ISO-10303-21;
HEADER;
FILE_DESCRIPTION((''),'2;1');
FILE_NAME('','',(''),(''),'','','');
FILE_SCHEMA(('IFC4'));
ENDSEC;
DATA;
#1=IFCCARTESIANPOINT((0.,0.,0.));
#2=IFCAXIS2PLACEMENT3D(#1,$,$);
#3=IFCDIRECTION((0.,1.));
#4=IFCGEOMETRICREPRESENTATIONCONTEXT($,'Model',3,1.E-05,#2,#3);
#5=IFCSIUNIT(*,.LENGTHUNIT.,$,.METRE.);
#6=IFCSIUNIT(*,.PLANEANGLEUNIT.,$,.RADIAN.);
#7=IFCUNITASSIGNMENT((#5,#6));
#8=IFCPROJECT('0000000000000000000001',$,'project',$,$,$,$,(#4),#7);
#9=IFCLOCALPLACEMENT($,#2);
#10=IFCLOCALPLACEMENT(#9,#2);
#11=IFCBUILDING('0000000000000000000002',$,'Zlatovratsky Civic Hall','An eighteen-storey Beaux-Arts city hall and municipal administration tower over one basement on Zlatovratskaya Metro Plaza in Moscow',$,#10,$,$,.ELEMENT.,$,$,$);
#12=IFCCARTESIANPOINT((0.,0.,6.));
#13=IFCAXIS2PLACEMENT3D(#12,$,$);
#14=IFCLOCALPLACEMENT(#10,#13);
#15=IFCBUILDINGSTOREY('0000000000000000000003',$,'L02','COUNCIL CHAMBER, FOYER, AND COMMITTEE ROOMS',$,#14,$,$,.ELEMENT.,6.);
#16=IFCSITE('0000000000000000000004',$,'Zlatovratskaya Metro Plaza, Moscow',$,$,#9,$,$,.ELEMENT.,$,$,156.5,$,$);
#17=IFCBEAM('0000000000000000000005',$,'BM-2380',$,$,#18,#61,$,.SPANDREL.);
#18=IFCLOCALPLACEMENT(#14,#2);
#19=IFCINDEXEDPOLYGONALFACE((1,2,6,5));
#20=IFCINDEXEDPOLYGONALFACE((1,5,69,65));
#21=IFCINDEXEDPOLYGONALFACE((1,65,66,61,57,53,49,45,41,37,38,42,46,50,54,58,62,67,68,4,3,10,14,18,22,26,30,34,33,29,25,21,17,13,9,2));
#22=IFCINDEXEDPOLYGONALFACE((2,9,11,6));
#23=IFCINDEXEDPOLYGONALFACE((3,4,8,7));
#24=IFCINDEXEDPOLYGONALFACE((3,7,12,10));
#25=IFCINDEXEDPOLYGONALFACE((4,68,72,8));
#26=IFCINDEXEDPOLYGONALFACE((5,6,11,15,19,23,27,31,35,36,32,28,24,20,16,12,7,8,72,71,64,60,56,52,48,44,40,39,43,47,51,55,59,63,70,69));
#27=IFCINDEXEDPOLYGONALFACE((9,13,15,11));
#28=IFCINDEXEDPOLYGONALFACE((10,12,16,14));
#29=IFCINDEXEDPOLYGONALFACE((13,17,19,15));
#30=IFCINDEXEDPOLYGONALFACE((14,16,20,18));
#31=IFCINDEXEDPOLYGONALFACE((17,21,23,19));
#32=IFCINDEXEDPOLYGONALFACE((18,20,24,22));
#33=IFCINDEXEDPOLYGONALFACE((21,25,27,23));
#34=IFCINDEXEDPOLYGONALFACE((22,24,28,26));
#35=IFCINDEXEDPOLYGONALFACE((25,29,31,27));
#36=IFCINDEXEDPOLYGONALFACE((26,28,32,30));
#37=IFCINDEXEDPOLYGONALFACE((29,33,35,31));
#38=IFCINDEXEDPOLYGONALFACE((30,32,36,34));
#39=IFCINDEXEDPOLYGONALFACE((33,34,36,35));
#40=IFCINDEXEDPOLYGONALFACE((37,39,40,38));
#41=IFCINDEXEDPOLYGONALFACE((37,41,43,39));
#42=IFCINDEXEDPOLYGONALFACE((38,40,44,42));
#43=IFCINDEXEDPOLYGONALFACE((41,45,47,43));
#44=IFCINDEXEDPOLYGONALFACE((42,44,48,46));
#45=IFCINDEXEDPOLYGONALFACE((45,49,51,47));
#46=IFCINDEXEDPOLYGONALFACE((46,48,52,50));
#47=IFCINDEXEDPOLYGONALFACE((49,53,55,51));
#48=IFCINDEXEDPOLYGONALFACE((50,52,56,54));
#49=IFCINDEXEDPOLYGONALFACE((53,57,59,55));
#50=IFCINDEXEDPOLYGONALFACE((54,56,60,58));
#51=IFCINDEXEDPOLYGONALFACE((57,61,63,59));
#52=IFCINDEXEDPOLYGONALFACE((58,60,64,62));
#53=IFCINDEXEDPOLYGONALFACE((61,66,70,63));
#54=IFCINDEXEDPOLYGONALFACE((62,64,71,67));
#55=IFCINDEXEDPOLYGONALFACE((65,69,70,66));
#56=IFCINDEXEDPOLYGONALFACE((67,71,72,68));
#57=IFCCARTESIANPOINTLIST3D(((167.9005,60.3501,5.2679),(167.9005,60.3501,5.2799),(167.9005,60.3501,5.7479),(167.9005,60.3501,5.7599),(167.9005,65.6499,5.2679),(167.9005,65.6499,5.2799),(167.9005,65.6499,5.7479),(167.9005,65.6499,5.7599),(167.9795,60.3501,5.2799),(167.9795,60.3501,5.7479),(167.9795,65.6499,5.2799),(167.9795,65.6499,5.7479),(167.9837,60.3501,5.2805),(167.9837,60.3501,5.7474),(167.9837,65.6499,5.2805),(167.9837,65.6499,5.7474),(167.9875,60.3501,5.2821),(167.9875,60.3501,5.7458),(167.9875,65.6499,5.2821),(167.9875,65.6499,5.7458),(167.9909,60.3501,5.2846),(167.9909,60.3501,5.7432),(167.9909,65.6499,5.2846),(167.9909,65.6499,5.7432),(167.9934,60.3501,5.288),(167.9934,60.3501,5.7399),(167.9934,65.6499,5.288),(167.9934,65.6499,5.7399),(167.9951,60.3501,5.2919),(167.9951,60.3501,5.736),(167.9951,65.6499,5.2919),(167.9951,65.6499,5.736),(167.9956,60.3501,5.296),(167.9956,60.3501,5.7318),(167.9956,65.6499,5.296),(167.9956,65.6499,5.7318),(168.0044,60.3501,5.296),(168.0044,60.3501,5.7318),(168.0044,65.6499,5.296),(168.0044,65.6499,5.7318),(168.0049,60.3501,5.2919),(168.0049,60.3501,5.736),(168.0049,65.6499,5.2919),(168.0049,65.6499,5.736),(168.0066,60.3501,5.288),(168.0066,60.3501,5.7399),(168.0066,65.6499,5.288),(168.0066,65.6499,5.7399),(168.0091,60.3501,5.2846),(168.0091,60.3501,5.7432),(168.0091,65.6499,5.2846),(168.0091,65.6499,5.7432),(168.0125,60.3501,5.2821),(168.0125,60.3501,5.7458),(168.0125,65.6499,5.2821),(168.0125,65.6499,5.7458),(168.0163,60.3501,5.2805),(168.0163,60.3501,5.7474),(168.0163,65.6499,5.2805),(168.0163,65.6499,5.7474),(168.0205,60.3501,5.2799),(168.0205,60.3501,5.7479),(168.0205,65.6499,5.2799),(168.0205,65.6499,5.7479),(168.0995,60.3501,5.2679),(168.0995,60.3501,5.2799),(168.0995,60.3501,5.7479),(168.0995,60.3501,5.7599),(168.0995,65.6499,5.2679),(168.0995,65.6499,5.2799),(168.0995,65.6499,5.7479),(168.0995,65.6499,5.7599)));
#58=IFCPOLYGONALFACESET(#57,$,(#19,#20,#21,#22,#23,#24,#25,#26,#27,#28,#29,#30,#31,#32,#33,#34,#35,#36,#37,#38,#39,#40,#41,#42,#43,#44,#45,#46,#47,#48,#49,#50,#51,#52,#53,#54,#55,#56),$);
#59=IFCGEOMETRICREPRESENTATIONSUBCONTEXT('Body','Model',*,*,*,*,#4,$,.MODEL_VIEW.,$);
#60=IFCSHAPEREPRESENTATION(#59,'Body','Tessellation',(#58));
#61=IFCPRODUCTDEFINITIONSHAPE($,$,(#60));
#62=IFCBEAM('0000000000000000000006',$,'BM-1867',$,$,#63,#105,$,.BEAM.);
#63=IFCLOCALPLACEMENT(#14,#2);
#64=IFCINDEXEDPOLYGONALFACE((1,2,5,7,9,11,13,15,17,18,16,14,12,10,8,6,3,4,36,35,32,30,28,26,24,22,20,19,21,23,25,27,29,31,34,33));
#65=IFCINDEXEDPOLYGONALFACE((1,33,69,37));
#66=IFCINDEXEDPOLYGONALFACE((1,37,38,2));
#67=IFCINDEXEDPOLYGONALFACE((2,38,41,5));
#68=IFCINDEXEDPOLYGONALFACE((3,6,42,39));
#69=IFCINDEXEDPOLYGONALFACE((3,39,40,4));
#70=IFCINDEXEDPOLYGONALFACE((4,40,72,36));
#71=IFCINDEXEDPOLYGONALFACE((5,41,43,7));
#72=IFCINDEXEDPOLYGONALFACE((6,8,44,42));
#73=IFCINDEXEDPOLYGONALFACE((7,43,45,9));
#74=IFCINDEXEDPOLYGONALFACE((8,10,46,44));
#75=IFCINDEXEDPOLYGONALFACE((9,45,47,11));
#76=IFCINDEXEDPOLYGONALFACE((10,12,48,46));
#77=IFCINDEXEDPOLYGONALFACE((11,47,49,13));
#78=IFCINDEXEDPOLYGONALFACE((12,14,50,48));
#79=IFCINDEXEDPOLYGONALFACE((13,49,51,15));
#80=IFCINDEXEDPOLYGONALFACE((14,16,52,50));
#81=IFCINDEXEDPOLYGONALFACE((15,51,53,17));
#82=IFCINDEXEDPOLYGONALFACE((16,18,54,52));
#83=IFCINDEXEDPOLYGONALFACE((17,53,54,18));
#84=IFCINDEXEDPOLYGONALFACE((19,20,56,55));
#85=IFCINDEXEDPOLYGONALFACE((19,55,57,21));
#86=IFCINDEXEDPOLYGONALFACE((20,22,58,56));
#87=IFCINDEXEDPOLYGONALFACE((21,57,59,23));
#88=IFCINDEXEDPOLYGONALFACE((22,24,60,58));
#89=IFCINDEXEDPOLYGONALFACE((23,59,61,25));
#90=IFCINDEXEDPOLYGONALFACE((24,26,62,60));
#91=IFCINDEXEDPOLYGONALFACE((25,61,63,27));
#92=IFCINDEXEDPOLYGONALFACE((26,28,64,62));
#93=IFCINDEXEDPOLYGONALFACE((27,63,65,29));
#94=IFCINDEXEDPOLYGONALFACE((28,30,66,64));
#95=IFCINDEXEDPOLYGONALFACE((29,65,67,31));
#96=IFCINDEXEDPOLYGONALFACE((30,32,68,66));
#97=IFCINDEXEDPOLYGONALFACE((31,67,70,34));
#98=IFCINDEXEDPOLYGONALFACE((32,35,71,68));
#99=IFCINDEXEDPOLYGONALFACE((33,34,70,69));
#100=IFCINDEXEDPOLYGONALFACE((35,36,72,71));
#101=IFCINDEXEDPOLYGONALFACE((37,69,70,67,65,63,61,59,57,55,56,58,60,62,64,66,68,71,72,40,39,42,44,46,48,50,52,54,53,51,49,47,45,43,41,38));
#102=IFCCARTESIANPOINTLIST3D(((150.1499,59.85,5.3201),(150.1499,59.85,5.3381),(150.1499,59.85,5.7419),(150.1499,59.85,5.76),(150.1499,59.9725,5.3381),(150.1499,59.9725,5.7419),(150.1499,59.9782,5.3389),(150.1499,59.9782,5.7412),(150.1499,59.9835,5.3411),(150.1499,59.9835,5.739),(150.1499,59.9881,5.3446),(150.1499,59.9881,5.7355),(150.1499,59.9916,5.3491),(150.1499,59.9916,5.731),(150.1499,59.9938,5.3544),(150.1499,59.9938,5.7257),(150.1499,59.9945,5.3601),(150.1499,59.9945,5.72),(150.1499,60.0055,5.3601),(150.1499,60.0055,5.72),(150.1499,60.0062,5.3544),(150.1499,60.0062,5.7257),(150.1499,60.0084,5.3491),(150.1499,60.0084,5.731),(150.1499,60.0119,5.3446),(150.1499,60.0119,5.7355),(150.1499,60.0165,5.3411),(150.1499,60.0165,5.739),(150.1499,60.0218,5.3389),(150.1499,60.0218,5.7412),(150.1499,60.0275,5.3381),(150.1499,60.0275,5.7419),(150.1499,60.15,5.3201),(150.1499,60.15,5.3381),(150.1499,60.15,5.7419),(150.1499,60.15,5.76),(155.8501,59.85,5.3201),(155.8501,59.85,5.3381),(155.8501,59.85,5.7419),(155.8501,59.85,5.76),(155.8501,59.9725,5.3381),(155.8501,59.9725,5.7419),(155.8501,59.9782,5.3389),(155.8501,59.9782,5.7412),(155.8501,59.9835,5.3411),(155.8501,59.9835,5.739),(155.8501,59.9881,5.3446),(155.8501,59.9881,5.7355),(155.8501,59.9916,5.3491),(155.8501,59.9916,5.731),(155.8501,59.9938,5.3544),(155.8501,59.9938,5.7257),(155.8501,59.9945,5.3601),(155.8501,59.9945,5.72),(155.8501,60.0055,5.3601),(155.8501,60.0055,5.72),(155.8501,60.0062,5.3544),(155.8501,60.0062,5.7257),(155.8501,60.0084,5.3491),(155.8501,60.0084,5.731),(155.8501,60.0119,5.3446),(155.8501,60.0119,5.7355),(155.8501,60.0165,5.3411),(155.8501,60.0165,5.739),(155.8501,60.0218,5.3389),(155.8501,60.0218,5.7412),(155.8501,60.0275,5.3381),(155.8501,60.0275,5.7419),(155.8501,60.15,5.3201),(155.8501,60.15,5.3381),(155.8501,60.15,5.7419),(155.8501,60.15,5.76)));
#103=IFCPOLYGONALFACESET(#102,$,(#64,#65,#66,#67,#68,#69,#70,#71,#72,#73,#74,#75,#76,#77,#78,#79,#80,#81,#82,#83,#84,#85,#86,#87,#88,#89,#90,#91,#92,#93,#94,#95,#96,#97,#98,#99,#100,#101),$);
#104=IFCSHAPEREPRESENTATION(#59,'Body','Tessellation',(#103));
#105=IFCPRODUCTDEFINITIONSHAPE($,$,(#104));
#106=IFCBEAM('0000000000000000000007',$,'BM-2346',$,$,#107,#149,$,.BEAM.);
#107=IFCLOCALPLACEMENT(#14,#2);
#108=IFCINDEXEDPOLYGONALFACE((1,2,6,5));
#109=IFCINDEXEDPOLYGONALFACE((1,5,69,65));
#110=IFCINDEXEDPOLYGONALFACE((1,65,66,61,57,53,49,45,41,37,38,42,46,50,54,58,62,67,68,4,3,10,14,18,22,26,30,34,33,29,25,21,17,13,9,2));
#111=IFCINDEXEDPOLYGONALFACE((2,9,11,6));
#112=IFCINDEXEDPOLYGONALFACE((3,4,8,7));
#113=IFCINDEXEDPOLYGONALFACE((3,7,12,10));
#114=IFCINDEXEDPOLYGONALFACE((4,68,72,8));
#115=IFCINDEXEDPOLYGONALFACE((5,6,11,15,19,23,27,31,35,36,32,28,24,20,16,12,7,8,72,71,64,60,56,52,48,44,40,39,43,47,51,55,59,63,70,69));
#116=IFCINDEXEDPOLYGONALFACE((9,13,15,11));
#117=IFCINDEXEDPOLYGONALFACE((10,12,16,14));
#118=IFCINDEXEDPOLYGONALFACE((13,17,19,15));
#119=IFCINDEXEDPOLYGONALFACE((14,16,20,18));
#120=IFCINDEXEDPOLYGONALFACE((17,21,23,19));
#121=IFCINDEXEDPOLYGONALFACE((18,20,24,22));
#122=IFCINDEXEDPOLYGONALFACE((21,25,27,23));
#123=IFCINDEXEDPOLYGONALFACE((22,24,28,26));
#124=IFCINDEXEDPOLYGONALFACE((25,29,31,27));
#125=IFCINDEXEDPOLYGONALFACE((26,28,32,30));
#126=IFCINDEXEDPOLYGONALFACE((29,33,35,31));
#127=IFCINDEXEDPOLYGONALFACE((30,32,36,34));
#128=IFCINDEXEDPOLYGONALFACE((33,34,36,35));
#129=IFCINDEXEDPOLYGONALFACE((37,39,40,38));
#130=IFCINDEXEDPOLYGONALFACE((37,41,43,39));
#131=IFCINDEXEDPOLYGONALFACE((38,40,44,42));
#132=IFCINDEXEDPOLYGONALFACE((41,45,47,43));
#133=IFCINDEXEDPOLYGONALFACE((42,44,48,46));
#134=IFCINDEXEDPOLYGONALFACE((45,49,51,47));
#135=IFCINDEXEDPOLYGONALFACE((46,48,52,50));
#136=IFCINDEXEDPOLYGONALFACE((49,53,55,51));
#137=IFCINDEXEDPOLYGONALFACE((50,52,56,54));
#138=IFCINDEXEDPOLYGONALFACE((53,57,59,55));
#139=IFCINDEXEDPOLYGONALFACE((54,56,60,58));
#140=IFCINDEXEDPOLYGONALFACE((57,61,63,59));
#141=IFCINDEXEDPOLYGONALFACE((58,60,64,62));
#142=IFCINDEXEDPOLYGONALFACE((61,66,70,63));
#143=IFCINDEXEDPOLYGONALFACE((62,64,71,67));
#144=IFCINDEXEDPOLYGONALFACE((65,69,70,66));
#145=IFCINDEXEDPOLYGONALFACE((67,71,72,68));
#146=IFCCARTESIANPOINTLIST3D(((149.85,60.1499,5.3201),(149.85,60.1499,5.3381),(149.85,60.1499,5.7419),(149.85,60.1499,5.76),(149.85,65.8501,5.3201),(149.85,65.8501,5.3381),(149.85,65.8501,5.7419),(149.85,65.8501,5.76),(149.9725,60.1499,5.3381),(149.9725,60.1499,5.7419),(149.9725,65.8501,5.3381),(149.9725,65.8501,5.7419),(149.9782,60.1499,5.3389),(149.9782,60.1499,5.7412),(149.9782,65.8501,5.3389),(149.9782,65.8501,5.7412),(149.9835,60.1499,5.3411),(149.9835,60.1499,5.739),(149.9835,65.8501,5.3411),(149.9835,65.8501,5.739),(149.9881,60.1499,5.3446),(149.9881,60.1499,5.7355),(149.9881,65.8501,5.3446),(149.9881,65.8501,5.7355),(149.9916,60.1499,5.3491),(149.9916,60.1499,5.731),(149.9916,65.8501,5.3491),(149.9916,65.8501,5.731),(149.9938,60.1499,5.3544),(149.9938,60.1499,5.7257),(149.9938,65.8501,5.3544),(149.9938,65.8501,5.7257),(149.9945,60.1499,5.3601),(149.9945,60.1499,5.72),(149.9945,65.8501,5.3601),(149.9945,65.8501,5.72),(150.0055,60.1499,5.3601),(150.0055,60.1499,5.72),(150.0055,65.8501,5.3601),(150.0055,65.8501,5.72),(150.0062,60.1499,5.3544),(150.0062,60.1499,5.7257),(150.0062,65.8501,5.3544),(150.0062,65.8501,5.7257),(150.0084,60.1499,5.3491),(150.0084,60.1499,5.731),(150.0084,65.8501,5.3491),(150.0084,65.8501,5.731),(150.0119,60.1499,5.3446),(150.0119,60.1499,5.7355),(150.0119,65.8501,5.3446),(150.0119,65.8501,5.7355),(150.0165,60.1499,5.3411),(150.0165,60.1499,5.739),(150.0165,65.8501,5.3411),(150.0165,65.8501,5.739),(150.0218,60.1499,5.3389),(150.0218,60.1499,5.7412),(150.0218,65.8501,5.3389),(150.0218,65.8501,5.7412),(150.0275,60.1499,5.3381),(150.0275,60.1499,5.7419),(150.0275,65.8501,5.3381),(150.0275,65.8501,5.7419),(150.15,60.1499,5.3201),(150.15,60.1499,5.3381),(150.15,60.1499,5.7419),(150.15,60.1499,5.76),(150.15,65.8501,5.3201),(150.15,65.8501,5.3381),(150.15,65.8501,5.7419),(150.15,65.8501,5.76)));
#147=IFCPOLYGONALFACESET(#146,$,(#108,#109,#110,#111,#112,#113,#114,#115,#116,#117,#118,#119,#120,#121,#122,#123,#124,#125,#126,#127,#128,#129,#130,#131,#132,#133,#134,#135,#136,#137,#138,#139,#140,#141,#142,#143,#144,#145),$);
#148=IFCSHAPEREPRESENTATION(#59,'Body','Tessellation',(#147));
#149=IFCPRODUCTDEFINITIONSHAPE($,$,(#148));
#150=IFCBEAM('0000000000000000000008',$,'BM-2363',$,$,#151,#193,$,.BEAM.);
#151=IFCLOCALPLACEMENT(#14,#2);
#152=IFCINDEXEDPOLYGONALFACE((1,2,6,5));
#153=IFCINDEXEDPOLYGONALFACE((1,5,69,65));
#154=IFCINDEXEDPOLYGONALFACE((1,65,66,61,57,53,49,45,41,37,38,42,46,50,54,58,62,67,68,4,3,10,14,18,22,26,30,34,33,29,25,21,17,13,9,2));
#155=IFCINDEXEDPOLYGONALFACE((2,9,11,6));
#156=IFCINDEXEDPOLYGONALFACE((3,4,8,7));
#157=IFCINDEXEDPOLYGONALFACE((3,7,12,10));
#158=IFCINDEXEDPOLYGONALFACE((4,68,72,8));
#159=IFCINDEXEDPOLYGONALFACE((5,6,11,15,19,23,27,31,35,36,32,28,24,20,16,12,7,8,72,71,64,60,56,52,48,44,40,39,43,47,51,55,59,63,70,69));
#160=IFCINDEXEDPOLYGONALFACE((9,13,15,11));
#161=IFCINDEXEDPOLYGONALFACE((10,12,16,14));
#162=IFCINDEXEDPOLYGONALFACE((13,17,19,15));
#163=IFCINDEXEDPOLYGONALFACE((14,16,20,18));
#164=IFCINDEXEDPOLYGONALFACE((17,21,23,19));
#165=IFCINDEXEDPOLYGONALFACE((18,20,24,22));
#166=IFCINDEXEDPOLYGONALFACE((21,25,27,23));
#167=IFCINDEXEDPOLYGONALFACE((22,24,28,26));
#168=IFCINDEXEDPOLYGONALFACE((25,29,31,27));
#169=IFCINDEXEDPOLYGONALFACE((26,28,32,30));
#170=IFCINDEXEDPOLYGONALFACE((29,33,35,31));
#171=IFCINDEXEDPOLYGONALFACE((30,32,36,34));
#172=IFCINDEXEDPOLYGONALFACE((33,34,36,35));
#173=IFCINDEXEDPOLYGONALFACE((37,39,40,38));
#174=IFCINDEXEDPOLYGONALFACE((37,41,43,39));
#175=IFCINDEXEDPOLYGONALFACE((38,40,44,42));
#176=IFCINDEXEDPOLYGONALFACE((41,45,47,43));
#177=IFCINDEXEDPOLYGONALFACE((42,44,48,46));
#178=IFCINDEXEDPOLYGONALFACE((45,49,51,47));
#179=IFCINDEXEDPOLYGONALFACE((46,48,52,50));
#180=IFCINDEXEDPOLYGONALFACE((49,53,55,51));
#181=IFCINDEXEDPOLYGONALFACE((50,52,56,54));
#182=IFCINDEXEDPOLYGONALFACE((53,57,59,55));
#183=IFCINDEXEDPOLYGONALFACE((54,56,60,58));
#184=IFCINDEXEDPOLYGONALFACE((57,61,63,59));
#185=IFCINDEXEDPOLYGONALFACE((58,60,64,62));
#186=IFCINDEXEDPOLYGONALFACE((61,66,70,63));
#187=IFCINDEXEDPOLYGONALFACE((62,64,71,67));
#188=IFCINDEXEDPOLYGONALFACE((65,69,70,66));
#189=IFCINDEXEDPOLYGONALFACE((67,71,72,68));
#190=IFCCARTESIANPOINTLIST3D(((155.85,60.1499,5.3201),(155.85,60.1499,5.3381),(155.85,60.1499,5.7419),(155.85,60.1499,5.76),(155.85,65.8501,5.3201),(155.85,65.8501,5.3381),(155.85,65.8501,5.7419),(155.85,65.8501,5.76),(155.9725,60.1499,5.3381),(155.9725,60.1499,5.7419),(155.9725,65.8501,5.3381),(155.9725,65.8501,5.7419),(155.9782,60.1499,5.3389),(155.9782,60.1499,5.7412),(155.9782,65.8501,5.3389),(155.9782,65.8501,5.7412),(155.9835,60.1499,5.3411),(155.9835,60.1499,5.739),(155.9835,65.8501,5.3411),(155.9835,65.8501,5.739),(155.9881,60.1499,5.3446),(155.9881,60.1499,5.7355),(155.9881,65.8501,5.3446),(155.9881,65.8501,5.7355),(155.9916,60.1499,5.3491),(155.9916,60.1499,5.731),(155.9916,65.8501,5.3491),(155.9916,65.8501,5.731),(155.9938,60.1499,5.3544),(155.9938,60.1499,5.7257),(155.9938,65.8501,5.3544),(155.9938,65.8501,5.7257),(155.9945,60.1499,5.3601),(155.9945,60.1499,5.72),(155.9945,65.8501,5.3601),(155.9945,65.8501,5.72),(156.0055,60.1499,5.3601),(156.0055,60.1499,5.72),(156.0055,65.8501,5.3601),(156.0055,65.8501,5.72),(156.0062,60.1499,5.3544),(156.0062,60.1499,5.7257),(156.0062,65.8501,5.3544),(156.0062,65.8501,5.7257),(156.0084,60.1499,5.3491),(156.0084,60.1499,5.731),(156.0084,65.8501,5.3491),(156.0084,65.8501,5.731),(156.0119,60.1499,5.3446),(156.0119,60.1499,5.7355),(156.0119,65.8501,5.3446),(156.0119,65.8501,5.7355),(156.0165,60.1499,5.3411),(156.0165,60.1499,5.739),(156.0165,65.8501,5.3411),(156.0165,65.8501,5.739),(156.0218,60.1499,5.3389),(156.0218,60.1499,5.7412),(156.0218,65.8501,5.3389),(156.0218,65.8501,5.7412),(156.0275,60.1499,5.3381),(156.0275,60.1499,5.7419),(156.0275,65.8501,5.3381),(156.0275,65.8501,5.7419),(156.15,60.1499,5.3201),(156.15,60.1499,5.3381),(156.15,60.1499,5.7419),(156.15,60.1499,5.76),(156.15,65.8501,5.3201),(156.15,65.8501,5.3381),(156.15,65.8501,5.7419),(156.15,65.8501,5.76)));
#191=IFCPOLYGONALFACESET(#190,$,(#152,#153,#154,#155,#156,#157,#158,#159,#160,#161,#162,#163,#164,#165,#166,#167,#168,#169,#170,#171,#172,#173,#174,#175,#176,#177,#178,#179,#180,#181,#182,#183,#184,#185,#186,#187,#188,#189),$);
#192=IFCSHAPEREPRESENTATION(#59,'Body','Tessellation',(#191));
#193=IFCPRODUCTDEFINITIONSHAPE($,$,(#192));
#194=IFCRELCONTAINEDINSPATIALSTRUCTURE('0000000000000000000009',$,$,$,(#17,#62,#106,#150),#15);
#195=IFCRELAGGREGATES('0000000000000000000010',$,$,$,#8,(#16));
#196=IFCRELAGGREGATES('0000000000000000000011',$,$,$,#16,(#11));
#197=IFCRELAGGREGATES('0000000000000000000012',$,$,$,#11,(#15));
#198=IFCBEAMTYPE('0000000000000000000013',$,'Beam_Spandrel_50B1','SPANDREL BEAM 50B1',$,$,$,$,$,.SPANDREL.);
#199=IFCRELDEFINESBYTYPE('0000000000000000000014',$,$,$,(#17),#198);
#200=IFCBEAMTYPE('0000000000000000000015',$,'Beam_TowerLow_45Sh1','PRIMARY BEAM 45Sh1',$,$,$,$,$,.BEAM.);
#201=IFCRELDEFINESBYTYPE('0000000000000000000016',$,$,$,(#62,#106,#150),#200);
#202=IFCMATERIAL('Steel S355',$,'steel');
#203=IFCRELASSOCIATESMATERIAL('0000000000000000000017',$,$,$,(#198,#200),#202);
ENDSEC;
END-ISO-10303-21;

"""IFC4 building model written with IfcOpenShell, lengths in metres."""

from ifc_helpers import new_model, si_unit, direction, frame, origin, origin_2d, place, context, subcontext, project, spatial, i_section, extrude, material, material_profile, profile_set, type_object, element, save


model = new_model("IFC4")

# Units and contexts
model_context = context("Model", 3, precision=1e-05, world=origin(), true_north=direction((0.0, 1.0)))
body_context = subcontext(model_context, "Body", "Model", "MODEL_VIEW")
ifc_project = project(units=[si_unit("LENGTHUNIT", "METRE"), si_unit("PLANEANGLEUNIT", "RADIAN")], contexts=[model_context])

# Site, building, storey
site_placement = place(None, origin())
site = spatial("IfcSite", under=ifc_project, at=site_placement, Name="Zlatovratskaya Metro Plaza, Moscow", CompositionType="ELEMENT", RefElevation=156.5)
building_placement = place(site_placement, origin())
building = spatial("IfcBuilding", under=site, at=building_placement, Name="Zlatovratsky Civic Hall", Description="An eighteen-storey Beaux-Arts city hall and municipal administration tower over one basement on Zlatovratskaya Metro Plaza in Moscow", CompositionType="ELEMENT")
storey_placement = place(building_placement, frame((0.0, 0.0, 6.0)))
storey = spatial("IfcBuildingStorey", under=building, at=storey_placement, Name="L02", Description="COUNCIL CHAMBER, FOYER, AND COMMITTEE ROOMS", CompositionType="ELEMENT", Elevation=6.0)

# Shared definitions
ifc_material_1 = material(Name="Steel S355", Category="steel")

# Beams
ifc_material_profile_1 = material_profile(ifc_material_1, i_section(OverallWidth=0.199, OverallDepth=0.4919, WebThickness=0.0088, FlangeThickness=0.012, FilletRadius=0.0161, at=origin_2d()), Name="50B1")
ifc_profile_set_1 = profile_set([ifc_material_profile_1], Name="Steel S355")
beam_type_1 = type_object("IfcBeamType", Name="Beam_Spandrel_50B1", Description="SPANDREL BEAM 50B1", PredefinedType="SPANDREL", material=ifc_profile_set_1)
beam_1_placement = place(storey_placement, frame((168.0, 60.3501, 5.5139), z_axis=(0.0, 1.0, 0.0), x_axis=(-1.0, 0.0, 0.0)))
element("IfcBeam", 1, at=beam_1_placement, inside=storey, type_object=beam_type_1, Name="BM-2380", PredefinedType="SPANDREL", context=body_context, shape_type="SweptSolid", body=[
    extrude(i_section(OverallWidth=0.199, OverallDepth=0.4919, WebThickness=0.0088, FlangeThickness=0.012, FilletRadius=0.0161, at=origin_2d()), origin(), (0.0, 0.0, 1.0), 5.2998),
])
ifc_material_profile_2 = material_profile(ifc_material_1, i_section(OverallWidth=0.3, OverallDepth=0.4399, WebThickness=0.011, FlangeThickness=0.0181, FilletRadius=0.022, at=origin_2d()), Name="45Sh1")
ifc_profile_set_2 = profile_set([ifc_material_profile_2], Name="Steel S355")
beam_type_2 = type_object("IfcBeamType", Name="Beam_TowerLow_45Sh1", Description="PRIMARY BEAM 45Sh1", PredefinedType="BEAM", material=ifc_profile_set_2)
for number, where, z_axis, x_axis, name in (
    (2, (150.1499, 60.0, 5.54), (1.0, 0.0, 0.0), (0.0, 1.0, 0.0), "BM-1867"),
    (3, (150.0, 60.1499, 5.54), (0.0, 1.0, 0.0), (-1.0, 0.0, 0.0), "BM-2346"),
    (4, (156.0, 60.1499, 5.54), (0.0, 1.0, 0.0), (-1.0, 0.0, 0.0), "BM-2363"),
):
    element("IfcBeam", number, at=place(storey_placement, frame(where, z_axis=z_axis, x_axis=x_axis)), inside=storey, type_object=beam_type_2, Name=name, PredefinedType="BEAM", context=body_context, shape_type="SweptSolid", body=[
        extrude(i_section(OverallWidth=0.3, OverallDepth=0.4399, WebThickness=0.011, FlangeThickness=0.0181, FilletRadius=0.022, at=origin_2d()), origin(), (0.0, 0.0, 1.0), 5.7002),
    ])

save(model, "model.ifc")
